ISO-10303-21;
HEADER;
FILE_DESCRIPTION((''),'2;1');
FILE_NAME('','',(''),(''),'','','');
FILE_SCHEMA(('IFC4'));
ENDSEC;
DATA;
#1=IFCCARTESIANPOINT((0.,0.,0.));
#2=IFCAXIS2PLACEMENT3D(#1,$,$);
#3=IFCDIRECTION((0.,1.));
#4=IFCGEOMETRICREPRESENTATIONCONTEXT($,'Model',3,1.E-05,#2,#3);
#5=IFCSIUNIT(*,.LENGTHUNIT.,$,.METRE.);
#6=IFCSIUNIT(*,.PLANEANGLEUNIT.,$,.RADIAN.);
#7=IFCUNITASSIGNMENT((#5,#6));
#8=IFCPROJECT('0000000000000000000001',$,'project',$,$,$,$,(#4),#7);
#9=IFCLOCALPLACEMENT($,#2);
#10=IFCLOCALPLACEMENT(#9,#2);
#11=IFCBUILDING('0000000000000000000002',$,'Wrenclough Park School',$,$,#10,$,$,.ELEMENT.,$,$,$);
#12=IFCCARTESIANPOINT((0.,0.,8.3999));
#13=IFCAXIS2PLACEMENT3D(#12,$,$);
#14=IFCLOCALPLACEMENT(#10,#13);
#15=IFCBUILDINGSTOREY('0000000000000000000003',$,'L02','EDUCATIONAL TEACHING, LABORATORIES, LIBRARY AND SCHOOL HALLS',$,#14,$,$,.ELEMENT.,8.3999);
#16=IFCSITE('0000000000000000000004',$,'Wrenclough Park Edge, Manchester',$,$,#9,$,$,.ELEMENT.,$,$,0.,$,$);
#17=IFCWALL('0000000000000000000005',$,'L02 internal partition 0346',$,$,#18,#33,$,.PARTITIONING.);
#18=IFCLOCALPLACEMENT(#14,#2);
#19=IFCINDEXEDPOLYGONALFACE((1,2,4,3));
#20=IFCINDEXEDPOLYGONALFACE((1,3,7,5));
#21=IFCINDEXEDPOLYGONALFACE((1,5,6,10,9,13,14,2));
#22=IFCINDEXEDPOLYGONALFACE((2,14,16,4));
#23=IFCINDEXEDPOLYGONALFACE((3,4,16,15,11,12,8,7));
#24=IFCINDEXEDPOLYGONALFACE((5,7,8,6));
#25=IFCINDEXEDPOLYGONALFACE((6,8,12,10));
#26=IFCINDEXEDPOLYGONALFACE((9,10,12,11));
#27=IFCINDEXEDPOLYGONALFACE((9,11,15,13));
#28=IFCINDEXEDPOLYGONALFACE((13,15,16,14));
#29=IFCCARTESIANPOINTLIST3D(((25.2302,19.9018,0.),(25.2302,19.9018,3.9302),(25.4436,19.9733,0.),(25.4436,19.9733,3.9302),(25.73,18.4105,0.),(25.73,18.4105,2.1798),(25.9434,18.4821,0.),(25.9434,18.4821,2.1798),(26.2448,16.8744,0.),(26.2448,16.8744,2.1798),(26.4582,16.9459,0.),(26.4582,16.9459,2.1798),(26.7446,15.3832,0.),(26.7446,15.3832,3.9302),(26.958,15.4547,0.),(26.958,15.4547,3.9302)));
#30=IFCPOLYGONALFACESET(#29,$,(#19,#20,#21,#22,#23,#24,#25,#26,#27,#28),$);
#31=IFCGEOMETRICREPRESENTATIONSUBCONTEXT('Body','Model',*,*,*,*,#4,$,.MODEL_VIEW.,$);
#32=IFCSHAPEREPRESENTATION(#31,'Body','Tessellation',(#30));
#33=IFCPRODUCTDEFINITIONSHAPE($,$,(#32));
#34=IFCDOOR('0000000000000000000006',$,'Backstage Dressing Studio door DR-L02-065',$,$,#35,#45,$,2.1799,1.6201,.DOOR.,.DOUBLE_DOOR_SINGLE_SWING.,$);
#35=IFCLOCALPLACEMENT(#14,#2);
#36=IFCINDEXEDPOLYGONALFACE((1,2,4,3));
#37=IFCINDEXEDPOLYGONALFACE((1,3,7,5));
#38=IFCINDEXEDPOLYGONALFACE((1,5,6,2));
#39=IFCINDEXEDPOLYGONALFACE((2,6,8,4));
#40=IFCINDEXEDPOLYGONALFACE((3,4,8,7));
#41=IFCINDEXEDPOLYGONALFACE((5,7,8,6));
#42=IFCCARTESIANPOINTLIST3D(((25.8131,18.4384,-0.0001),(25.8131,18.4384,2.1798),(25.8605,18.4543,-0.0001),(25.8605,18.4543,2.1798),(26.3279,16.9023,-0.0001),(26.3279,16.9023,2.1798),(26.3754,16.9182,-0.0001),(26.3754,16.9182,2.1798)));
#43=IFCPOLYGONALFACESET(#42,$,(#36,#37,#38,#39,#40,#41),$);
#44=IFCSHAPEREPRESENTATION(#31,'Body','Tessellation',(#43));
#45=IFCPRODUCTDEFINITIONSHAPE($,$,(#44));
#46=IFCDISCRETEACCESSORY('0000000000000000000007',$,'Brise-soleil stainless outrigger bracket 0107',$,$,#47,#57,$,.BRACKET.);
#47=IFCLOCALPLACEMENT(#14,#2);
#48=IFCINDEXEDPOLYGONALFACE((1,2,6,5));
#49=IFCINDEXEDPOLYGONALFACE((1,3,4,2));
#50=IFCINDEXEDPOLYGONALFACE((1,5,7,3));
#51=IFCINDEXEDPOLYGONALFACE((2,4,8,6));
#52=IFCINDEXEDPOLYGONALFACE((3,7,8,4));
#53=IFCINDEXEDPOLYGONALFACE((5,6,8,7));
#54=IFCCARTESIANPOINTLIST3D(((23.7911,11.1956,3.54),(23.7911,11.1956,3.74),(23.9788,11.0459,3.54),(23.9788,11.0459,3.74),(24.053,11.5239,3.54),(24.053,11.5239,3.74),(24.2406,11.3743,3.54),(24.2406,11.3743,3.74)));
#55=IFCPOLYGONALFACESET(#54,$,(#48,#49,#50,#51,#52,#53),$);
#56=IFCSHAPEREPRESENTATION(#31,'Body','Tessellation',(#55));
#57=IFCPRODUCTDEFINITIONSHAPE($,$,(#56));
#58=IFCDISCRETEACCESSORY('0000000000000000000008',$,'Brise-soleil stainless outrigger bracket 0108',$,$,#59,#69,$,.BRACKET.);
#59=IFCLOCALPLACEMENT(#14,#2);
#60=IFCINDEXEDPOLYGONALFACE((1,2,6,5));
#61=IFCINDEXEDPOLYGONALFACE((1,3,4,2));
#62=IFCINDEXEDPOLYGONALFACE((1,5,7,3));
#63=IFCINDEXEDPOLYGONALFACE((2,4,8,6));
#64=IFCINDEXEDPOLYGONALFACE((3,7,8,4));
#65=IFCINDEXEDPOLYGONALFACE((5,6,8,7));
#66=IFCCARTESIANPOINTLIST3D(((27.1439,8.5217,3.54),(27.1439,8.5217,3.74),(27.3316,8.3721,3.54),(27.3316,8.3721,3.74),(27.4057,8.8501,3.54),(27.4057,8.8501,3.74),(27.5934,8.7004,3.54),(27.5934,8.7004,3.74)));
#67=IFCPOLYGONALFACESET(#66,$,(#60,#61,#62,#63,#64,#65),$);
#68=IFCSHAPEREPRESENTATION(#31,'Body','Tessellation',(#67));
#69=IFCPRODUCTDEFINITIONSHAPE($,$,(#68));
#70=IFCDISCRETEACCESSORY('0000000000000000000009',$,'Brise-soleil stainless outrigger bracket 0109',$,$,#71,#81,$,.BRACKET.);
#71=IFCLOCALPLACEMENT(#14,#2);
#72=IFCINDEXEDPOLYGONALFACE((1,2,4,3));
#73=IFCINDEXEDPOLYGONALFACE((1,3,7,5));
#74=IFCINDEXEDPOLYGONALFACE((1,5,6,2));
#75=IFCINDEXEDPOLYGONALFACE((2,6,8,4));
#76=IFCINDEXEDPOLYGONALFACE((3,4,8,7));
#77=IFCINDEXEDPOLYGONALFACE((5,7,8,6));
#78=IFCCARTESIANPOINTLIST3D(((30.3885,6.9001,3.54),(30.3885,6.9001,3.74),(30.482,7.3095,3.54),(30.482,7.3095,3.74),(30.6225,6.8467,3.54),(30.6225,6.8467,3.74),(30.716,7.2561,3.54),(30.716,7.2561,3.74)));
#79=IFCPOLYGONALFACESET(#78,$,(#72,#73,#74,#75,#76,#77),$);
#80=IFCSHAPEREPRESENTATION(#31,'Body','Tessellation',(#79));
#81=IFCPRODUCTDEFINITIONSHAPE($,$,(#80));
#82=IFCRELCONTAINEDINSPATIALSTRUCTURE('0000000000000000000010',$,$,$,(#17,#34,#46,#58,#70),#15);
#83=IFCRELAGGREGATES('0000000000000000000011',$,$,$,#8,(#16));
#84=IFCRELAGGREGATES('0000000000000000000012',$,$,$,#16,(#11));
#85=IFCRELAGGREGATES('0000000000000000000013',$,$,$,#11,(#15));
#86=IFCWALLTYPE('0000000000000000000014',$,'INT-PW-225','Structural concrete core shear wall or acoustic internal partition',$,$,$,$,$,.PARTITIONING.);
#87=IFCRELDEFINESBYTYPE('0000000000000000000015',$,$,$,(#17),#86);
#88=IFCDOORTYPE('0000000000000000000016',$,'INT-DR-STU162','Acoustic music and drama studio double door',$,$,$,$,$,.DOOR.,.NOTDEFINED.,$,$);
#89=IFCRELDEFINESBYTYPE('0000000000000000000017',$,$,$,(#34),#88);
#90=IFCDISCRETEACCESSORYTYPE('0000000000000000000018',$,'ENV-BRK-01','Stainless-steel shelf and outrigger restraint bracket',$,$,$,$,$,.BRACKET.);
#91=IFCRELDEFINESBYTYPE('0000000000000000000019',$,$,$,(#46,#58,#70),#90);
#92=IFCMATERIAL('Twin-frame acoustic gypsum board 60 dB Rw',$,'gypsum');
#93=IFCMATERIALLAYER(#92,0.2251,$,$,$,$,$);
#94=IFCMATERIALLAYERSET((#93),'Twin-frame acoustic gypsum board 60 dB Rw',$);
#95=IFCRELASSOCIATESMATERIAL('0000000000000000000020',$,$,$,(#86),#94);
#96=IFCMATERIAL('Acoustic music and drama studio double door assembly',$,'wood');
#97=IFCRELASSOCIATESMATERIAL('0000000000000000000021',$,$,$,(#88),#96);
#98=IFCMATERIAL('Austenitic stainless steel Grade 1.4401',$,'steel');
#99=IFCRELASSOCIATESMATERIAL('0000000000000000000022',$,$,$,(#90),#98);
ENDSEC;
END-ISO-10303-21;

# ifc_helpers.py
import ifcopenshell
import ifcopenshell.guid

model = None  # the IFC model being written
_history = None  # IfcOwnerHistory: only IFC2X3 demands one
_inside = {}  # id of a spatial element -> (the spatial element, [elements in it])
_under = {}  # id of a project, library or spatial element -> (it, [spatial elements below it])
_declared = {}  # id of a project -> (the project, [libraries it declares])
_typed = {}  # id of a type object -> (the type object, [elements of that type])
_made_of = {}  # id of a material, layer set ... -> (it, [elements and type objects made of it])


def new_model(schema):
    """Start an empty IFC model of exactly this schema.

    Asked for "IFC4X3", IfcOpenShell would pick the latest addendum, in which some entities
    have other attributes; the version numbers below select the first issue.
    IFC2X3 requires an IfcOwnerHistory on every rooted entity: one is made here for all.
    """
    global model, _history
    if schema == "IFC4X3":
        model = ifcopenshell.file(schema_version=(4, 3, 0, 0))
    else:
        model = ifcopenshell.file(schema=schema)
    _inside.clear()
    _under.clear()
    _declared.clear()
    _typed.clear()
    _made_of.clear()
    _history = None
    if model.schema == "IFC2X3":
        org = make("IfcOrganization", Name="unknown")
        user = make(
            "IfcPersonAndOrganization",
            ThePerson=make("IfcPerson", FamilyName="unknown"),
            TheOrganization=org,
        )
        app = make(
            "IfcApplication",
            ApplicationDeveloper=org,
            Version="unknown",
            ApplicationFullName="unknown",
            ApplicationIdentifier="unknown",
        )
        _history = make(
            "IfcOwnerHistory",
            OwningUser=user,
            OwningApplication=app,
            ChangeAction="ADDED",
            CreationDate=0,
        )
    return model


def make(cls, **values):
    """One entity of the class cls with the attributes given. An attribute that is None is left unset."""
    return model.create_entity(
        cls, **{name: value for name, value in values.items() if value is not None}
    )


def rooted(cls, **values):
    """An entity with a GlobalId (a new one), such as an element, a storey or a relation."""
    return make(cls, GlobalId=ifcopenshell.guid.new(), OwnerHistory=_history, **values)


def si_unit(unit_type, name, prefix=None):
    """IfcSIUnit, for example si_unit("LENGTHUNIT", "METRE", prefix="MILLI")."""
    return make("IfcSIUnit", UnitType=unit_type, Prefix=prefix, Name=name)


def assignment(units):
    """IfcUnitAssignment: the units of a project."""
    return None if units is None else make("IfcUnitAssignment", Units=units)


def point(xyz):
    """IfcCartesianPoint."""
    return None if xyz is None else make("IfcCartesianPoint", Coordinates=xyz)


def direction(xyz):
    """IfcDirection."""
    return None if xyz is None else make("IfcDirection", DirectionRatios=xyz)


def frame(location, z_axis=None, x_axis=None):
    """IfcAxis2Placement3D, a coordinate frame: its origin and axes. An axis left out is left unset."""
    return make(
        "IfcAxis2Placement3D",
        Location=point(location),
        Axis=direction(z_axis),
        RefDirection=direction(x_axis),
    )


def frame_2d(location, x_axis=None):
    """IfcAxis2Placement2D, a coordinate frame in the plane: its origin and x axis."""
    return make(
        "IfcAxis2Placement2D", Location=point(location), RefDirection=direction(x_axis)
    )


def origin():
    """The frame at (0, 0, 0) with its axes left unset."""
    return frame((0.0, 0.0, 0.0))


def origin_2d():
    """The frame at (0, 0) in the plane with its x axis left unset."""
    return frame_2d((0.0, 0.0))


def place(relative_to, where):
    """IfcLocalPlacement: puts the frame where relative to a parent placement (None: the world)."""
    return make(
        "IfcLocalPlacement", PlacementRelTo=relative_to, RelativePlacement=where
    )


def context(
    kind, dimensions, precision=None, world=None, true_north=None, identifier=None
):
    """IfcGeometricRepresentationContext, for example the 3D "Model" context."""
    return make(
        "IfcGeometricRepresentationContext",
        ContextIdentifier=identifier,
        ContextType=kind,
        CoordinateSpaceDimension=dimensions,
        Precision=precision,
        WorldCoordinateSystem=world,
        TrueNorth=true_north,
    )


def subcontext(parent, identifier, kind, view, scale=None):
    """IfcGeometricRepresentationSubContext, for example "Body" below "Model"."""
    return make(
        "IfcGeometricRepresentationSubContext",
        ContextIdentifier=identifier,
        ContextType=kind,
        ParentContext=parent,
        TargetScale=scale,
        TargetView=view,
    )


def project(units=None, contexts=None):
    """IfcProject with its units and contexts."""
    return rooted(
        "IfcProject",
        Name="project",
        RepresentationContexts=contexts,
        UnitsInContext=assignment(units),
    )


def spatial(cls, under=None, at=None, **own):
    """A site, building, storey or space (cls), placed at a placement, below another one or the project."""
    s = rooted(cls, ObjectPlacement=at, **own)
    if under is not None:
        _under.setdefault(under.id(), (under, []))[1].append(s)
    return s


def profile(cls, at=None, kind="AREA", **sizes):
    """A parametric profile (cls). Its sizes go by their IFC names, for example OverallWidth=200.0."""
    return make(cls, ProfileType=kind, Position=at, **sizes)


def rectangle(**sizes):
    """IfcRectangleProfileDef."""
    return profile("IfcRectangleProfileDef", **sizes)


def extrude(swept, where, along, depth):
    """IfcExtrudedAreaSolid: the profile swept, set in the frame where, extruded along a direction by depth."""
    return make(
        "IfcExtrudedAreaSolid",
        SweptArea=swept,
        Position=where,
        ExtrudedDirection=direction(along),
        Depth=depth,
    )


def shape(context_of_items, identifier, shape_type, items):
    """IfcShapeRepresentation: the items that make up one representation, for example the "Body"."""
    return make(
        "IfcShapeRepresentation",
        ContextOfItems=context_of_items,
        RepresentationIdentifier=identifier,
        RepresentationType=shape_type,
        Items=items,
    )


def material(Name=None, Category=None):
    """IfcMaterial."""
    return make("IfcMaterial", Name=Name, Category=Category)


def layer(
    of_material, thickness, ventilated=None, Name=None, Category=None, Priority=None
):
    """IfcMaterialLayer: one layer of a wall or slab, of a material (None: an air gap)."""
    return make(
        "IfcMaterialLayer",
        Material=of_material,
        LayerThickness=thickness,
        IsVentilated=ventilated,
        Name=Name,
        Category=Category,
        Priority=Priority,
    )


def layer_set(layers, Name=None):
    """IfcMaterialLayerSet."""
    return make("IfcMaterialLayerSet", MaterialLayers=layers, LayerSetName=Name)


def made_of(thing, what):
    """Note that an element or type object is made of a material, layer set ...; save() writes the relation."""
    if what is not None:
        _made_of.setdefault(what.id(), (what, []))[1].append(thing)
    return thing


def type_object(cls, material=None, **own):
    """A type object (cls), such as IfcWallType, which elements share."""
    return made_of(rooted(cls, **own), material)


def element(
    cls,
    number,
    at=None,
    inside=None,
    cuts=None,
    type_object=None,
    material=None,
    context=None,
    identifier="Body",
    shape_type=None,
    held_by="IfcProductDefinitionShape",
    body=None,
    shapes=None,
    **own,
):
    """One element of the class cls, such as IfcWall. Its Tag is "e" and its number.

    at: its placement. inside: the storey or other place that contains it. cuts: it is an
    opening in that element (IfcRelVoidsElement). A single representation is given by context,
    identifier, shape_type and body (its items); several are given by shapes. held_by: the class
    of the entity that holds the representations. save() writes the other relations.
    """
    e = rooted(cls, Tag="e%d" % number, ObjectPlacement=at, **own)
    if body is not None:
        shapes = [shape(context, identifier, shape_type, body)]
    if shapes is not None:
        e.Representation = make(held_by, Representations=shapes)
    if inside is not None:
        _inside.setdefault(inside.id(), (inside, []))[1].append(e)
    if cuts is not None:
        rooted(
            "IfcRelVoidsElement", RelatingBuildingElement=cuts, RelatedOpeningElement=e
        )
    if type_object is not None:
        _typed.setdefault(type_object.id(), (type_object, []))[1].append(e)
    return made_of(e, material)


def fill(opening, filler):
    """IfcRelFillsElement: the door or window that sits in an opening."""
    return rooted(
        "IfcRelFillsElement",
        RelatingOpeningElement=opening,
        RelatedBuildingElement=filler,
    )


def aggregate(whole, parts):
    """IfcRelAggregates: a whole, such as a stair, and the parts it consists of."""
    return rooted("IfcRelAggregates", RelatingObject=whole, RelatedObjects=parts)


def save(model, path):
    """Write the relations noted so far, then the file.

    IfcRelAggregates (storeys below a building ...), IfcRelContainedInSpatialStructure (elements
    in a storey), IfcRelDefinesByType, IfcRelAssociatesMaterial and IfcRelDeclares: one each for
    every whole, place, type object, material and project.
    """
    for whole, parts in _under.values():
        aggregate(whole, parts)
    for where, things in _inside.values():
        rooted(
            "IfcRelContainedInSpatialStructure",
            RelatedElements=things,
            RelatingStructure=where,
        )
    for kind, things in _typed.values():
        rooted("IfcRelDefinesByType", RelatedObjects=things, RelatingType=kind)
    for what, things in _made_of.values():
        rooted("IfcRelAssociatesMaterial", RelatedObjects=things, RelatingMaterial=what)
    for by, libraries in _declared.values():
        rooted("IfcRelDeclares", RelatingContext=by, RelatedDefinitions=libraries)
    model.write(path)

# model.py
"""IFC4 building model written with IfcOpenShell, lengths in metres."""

from ifc_helpers import new_model, si_unit, direction, frame, frame_2d, origin, origin_2d, place, context, subcontext, project, spatial, rectangle, extrude, material, layer, layer_set, type_object, element, fill, save


model = new_model("IFC4")

# Units and contexts
model_context = context("Model", 3, precision=1e-05, world=origin(), true_north=direction((0.0, 1.0)))
body_context = subcontext(model_context, "Body", "Model", "MODEL_VIEW")
ifc_project = project(units=[si_unit("LENGTHUNIT", "METRE"), si_unit("PLANEANGLEUNIT", "RADIAN")], contexts=[model_context])

# Site, building, storey
site_placement = place(None, origin())
site = spatial("IfcSite", under=ifc_project, at=site_placement, Name="Wrenclough Park Edge, Manchester", CompositionType="ELEMENT", RefElevation=0.0)
building_placement = place(site_placement, origin())
building = spatial("IfcBuilding", under=site, at=building_placement, Name="Wrenclough Park School", CompositionType="ELEMENT")
storey_placement = place(building_placement, frame((0.0, 0.0, 8.3999)))
storey = spatial("IfcBuildingStorey", under=building, at=storey_placement, Name="L02", Description="EDUCATIONAL TEACHING, LABORATORIES, LIBRARY AND SCHOOL HALLS", CompositionType="ELEMENT", Elevation=8.3999)

# Shared definitions
ifc_material_1 = material(Name="Twin-frame acoustic gypsum board 60 dB Rw", Category="gypsum")
ifc_layer_1 = layer(ifc_material_1, 0.2251)
ifc_layer_set_1 = layer_set([ifc_layer_1], Name="Twin-frame acoustic gypsum board 60 dB Rw")
wall_type_1 = type_object("IfcWallType", Name="INT-PW-225", Description="Structural concrete core shear wall or acoustic internal partition", PredefinedType="PARTITIONING", material=ifc_layer_set_1)

# Wall, opening, door
wall_1_placement = place(storey_placement, frame((26.8513, 15.4189, 0.0), z_axis=(0.0, 0.0, 1.0), x_axis=(-0.31778, 0.948165, 0.0)))
wall_1 = element("IfcWall", 1, at=wall_1_placement, inside=storey, type_object=wall_type_1, Name="L02 internal partition 0346", PredefinedType="PARTITIONING", context=body_context, shape_type="SweptSolid", body=[
    extrude(rectangle(XDim=4.7656, YDim=0.2251, at=frame_2d((2.3828, 0.0))), origin(), (0.0, 0.0, 1.0), 3.9302),
])
opening_1_placement = place(wall_1_placement, frame((1.5728, 0.0, 0.0)))
opening_1 = element("IfcOpeningElement", 2, at=opening_1_placement, cuts=wall_1, PredefinedType="OPENING", context=body_context, shape_type="SweptSolid", body=[
    extrude(rectangle(XDim=1.6201, YDim=2.1799, at=frame_2d((0.8101, 1.0898))), frame((0.0, 0.1226, 0.0), z_axis=(0.0, -1.0, 0.0), x_axis=(1.0, 0.0, 0.0)), (0.0, 0.0, 1.0), 0.2451),
])
ifc_material_2 = material(Name="Acoustic music and drama studio double door assembly", Category="wood")
door_type = type_object("IfcDoorType", Name="INT-DR-STU162", Description="Acoustic music and drama studio double door", OperationType="NOTDEFINED", PredefinedType="DOOR", material=ifc_material_2)
door_placement = place(opening_1_placement, origin())
door = element("IfcDoor", 3, at=door_placement, inside=storey, type_object=door_type, Name="Backstage Dressing Studio door DR-L02-065", OperationType="DOUBLE_DOOR_SINGLE_SWING", OverallHeight=2.1799, OverallWidth=1.6201, PredefinedType="DOOR", context=body_context, shape_type="SweptSolid", body=[
    extrude(rectangle(XDim=1.6201, YDim=2.1799, at=frame_2d((0.8101, 1.0898))), frame((0.0, 0.0249, 0.0), z_axis=(0.0, -1.0, 0.0), x_axis=(1.0, 0.0, 0.0)), (0.0, 0.0, 1.0), 0.05),
])
fill(opening_1, door)

# Discrete accessories
ifc_material_3 = material(Name="Austenitic stainless steel Grade 1.4401", Category="steel")
discrete_accessory_type = type_object("IfcDiscreteAccessoryType", Name="ENV-BRK-01", Description="Stainless-steel shelf and outrigger restraint bracket", PredefinedType="BRACKET", material=ifc_material_3)
for number, where, z_axis, x_axis, name in (
    (4, (24.0159, 11.2849, 3.54), (0.0, 0.0, 1.0), (0.781832, -0.62349, 0.0), "Brise-soleil stainless outrigger bracket 0107"),
    (5, (27.3687, 8.6111, 3.54), (0.0, 0.0, 1.0), (0.781832, -0.62349, 0.0), "Brise-soleil stainless outrigger bracket 0108"),
    (6, (30.5522, 7.0781, 3.54), (0.0, 0.0, 1.0), (0.974926, -0.222528, 0.0), "Brise-soleil stainless outrigger bracket 0109"),
):
    element("IfcDiscreteAccessory", number, at=place(storey_placement, frame(where, z_axis=z_axis, x_axis=x_axis)), inside=storey, type_object=discrete_accessory_type, Name=name, PredefinedType="BRACKET", context=body_context, shape_type="SweptSolid", body=[
        extrude(rectangle(XDim=0.24, YDim=0.4199, at=origin_2d()), origin(), (0.0, 0.0, 1.0), 0.2),
    ])

save(model, "model.ifc")
